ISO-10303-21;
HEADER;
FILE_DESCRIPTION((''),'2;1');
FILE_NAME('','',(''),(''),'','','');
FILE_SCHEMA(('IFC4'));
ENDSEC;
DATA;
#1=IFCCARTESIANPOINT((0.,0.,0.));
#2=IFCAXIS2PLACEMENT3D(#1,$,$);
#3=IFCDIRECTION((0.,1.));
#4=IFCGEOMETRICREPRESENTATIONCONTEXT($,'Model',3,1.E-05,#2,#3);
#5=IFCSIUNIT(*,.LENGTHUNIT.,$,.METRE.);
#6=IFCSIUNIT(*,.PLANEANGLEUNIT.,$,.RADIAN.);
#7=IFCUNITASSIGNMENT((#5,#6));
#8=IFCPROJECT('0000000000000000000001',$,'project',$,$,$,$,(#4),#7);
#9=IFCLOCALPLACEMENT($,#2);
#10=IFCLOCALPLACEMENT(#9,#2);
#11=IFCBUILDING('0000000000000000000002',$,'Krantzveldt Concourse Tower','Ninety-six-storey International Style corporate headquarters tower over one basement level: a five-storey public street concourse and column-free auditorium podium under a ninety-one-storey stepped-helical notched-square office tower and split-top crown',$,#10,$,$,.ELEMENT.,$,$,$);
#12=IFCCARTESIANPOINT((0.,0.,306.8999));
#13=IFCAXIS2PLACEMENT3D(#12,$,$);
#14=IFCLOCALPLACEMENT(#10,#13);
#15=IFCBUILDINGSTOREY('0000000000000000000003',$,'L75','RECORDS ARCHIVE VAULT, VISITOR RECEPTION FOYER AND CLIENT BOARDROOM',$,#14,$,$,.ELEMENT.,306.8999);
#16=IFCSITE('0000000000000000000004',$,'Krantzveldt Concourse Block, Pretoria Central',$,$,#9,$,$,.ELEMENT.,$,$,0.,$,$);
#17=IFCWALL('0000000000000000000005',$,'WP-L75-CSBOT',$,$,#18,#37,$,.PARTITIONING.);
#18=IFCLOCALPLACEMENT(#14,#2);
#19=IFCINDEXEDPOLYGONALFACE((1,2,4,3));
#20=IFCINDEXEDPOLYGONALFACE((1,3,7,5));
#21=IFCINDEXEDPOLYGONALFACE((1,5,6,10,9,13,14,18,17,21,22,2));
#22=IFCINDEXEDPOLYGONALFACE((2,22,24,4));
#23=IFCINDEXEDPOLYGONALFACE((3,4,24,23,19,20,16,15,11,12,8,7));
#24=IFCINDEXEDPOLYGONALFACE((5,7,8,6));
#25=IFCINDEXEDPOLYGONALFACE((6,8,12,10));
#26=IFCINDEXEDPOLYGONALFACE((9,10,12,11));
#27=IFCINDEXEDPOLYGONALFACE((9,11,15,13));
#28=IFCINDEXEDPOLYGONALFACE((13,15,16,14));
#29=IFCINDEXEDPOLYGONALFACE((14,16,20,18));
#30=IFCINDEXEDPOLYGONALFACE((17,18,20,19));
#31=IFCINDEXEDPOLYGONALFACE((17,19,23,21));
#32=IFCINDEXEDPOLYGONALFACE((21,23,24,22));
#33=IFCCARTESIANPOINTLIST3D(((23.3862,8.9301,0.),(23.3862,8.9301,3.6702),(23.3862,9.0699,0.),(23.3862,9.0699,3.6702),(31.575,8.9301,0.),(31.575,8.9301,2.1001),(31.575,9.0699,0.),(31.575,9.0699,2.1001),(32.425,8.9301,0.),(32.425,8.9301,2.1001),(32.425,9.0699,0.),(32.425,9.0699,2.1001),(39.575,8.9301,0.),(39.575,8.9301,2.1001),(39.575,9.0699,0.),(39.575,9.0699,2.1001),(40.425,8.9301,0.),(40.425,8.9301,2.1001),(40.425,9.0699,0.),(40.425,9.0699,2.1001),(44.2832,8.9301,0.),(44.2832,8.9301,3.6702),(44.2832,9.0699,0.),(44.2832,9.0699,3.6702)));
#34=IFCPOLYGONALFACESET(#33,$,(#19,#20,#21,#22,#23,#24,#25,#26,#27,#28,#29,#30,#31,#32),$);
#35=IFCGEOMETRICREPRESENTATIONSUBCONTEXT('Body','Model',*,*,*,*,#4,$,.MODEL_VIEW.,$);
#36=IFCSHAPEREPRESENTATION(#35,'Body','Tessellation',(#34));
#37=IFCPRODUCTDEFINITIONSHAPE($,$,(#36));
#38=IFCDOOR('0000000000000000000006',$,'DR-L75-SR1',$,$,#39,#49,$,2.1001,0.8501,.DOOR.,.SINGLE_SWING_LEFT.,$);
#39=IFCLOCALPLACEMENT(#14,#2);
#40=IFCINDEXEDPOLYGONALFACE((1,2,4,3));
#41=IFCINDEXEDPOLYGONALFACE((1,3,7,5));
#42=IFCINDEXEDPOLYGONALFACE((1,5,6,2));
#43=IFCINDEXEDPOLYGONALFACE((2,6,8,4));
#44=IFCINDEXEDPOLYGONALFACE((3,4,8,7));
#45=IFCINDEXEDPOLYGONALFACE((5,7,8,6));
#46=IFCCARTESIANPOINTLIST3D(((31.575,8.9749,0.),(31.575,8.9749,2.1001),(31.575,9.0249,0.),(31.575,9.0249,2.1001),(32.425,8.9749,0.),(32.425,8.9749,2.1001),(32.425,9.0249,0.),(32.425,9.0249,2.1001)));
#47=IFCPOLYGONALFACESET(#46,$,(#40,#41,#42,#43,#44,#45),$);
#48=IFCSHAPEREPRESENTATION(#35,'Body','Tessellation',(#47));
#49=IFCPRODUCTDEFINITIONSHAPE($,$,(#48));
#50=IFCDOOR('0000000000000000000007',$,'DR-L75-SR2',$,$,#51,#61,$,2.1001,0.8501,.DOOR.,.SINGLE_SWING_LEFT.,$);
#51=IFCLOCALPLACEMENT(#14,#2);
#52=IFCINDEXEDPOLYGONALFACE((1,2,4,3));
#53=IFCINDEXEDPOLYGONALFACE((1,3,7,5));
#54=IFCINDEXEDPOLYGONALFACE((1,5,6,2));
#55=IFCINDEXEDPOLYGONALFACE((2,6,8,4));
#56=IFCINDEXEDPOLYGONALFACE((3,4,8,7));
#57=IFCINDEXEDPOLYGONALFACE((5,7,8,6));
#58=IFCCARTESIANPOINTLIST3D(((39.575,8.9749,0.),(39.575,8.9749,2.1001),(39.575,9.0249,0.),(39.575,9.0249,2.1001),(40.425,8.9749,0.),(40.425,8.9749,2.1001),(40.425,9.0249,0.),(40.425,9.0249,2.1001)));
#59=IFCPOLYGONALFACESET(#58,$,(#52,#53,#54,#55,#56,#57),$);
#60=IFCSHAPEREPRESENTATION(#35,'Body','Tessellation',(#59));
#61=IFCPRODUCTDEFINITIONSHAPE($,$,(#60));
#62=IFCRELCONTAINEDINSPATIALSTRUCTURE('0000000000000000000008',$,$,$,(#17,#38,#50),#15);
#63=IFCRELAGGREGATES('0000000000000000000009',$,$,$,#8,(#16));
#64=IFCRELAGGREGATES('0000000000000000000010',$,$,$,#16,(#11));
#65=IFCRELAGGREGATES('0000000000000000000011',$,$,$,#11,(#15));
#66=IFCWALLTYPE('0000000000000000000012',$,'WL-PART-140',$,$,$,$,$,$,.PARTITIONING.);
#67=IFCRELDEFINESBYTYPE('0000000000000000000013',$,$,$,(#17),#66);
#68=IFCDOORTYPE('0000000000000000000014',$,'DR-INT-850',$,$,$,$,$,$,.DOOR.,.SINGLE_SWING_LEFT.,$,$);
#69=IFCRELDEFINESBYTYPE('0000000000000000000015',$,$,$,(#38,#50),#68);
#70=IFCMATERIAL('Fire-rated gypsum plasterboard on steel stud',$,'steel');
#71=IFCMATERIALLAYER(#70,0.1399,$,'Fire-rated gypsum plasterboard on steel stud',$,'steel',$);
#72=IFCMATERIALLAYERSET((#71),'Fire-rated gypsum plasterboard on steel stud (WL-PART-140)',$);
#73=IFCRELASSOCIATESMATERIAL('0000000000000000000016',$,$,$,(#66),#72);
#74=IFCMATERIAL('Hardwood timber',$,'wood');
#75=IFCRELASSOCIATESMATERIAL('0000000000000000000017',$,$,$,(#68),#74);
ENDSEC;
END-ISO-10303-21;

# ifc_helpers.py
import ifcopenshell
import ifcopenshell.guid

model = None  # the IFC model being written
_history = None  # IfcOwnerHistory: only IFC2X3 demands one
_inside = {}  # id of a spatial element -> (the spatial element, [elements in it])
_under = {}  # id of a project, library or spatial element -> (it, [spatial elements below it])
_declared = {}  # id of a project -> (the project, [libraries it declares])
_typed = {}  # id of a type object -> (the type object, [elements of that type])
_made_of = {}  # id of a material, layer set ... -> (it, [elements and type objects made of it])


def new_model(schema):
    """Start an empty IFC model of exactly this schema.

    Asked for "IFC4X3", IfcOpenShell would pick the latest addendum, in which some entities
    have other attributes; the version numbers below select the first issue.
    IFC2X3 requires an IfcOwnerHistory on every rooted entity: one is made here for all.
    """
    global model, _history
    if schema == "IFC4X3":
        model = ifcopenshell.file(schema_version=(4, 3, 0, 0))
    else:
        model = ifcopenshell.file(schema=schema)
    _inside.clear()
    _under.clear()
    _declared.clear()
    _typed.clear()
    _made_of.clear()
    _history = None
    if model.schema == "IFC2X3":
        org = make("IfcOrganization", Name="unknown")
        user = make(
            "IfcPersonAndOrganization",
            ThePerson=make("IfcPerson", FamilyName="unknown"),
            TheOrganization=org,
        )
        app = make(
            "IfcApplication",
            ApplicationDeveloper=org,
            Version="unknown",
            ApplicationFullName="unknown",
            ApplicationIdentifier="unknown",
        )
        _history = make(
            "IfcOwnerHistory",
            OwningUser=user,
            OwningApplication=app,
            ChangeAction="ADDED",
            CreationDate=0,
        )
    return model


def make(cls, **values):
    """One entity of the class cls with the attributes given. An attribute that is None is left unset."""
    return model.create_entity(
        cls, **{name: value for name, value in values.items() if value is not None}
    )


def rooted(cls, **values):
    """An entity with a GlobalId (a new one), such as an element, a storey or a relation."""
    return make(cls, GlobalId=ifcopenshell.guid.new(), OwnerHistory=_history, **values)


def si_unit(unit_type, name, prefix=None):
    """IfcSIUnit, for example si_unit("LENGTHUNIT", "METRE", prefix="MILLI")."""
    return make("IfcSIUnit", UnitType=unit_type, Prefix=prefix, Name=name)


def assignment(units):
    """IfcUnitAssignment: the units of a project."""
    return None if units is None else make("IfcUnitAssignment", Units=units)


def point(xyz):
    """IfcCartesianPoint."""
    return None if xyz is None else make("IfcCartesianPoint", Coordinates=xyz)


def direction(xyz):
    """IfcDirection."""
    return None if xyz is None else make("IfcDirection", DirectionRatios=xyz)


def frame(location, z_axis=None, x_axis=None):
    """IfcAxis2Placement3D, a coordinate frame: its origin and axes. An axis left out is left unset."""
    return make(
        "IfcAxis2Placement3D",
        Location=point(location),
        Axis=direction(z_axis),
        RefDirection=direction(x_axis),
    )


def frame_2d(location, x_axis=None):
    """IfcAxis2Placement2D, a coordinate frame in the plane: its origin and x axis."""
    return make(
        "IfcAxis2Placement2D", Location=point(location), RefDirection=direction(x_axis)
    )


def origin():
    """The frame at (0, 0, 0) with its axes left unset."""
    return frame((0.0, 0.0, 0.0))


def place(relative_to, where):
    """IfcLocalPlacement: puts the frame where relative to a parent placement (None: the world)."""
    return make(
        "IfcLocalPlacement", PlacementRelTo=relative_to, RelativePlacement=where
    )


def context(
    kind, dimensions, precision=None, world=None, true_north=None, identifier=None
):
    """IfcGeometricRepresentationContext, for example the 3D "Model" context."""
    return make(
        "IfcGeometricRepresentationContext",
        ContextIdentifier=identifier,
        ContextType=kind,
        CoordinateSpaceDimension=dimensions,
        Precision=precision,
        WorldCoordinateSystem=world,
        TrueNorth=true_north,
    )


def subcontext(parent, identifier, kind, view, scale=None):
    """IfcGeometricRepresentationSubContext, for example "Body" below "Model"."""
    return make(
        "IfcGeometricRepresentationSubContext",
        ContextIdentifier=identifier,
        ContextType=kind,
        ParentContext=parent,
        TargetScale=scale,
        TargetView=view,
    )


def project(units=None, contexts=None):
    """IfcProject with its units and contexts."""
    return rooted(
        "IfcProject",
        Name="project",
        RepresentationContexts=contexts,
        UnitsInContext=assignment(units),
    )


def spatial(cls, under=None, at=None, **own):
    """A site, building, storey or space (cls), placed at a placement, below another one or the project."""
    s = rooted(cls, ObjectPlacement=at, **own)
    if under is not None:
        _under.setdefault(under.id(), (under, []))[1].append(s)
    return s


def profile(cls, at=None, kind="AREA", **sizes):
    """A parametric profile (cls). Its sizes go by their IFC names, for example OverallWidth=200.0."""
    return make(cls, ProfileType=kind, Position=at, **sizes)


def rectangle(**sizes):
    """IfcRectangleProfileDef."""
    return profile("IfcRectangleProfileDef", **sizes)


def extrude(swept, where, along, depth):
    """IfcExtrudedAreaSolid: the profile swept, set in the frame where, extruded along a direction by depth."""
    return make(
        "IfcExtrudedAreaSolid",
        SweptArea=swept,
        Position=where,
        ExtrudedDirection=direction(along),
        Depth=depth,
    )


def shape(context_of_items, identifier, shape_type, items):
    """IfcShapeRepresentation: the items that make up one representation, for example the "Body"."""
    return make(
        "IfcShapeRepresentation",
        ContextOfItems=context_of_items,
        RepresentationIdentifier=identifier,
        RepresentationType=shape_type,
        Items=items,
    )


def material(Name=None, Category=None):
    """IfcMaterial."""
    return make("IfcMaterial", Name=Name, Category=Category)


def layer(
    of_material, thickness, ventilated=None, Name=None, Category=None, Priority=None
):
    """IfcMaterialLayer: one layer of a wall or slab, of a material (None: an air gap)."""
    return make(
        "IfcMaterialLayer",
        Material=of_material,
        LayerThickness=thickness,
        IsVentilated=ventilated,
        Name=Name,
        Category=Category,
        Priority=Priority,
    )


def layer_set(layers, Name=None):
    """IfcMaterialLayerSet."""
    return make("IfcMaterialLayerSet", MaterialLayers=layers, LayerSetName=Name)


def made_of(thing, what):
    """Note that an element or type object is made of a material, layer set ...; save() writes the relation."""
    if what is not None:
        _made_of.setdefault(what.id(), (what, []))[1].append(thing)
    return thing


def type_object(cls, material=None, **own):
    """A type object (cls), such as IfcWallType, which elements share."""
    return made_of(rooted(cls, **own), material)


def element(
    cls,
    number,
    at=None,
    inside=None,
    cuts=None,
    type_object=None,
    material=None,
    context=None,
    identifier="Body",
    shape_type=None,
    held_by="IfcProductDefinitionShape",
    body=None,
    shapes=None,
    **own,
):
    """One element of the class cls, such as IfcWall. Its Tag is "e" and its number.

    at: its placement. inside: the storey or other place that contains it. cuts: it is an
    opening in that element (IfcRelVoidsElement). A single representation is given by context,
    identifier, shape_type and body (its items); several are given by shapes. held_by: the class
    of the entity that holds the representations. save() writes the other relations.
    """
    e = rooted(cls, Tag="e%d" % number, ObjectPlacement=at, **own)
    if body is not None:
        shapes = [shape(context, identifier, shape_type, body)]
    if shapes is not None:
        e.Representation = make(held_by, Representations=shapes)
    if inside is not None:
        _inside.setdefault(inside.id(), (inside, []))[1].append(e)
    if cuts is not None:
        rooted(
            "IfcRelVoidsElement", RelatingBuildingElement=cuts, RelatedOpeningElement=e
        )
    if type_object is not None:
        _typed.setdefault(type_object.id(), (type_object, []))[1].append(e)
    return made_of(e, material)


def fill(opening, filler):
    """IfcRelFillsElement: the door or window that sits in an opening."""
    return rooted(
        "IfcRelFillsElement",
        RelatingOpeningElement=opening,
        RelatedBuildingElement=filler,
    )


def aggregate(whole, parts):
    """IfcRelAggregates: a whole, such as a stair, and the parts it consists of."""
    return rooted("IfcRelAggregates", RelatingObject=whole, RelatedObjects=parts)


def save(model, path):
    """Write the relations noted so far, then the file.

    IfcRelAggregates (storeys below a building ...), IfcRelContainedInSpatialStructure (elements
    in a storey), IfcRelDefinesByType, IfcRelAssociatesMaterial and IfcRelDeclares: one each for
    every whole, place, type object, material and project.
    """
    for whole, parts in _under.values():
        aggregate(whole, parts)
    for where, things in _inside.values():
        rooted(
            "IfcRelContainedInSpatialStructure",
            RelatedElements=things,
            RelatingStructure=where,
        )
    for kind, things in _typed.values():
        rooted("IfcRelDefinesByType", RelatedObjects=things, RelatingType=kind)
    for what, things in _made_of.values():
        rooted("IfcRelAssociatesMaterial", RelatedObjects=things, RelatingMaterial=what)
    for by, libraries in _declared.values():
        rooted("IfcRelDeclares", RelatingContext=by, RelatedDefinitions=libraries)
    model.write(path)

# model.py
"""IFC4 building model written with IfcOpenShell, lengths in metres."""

from ifc_helpers import new_model, si_unit, direction, frame, frame_2d, origin, place, context, subcontext, project, spatial, rectangle, extrude, material, layer, layer_set, type_object, element, fill, save


model = new_model("IFC4")

# Units and contexts
model_context = context("Model", 3, precision=1e-05, world=origin(), true_north=direction((0.0, 1.0)))
body_context = subcontext(model_context, "Body", "Model", "MODEL_VIEW")
ifc_project = project(units=[si_unit("LENGTHUNIT", "METRE"), si_unit("PLANEANGLEUNIT", "RADIAN")], contexts=[model_context])

# Site, building, storey
site_placement = place(None, origin())
site = spatial("IfcSite", under=ifc_project, at=site_placement, Name="Krantzveldt Concourse Block, Pretoria Central", CompositionType="ELEMENT", RefElevation=0.0)
building_placement = place(site_placement, origin())
building = spatial("IfcBuilding", under=site, at=building_placement, Name="Krantzveldt Concourse Tower", Description="Ninety-six-storey International Style corporate headquarters tower over one basement level: a five-storey public street concourse and column-free auditorium podium under a ninety-one-storey stepped-helical notched-square office tower and split-top crown", CompositionType="ELEMENT")
storey_placement = place(building_placement, frame((0.0, 0.0, 306.8999)))
storey = spatial("IfcBuildingStorey", under=building, at=storey_placement, Name="L75", Description="RECORDS ARCHIVE VAULT, VISITOR RECEPTION FOYER AND CLIENT BOARDROOM", CompositionType="ELEMENT", Elevation=306.8999)

# Shared definitions
ifc_material_1 = material(Name="Fire-rated gypsum plasterboard on steel stud", Category="steel")

# Wall, openings, doors
ifc_layer_1 = layer(ifc_material_1, 0.1399, Name="Fire-rated gypsum plasterboard on steel stud", Category="steel")
ifc_layer_set_1 = layer_set([ifc_layer_1], Name="Fire-rated gypsum plasterboard on steel stud (WL-PART-140)")
wall_type_1 = type_object("IfcWallType", Name="WL-PART-140", PredefinedType="PARTITIONING", material=ifc_layer_set_1)
wall_1_placement = place(storey_placement, frame((23.3862, 9.0, 0.0), z_axis=(0.0, 0.0, 1.0), x_axis=(1.0, 0.0, 0.0)))
wall_1 = element("IfcWall", 1, at=wall_1_placement, inside=storey, type_object=wall_type_1, Name="WP-L75-CSBOT", PredefinedType="PARTITIONING", context=body_context, shape_type="SweptSolid", body=[
    extrude(rectangle(XDim=20.897, YDim=0.1399, at=frame_2d((10.4485, 0.0))), origin(), (0.0, 0.0, 1.0), 3.6702),
])
opening_1_placement = place(wall_1_placement, frame((8.1887, 0.0, 0.0)))
opening_1 = element("IfcOpeningElement", 2, at=opening_1_placement, cuts=wall_1, PredefinedType="OPENING", context=body_context, shape_type="SweptSolid", body=[
    extrude(rectangle(XDim=0.8501, YDim=2.1001, at=frame_2d((0.425, 1.05))), frame((0.0, 0.0801, 0.0), z_axis=(0.0, -1.0, 0.0), x_axis=(1.0, 0.0, 0.0)), (0.0, 0.0, 1.0), 0.1599),
])
opening_2_placement = place(wall_1_placement, frame((16.1887, 0.0, 0.0)))
opening_2 = element("IfcOpeningElement", 3, at=opening_2_placement, cuts=wall_1, PredefinedType="OPENING", context=body_context, shape_type="SweptSolid", body=[
    extrude(rectangle(XDim=0.8501, YDim=2.1001, at=frame_2d((0.425, 1.05))), frame((0.0, 0.0801, 0.0), z_axis=(0.0, -1.0, 0.0), x_axis=(1.0, 0.0, 0.0)), (0.0, 0.0, 1.0), 0.1599),
])
ifc_material_2 = material(Name="Hardwood timber", Category="wood")
door_type = type_object("IfcDoorType", Name="DR-INT-850", OperationType="SINGLE_SWING_LEFT", PredefinedType="DOOR", material=ifc_material_2)
door_1_placement = place(opening_1_placement, origin())
door_1 = element("IfcDoor", 4, at=door_1_placement, inside=storey, type_object=door_type, Name="DR-L75-SR1", OperationType="SINGLE_SWING_LEFT", OverallHeight=2.1001, OverallWidth=0.8501, PredefinedType="DOOR", context=body_context, shape_type="SweptSolid", body=[
    extrude(rectangle(XDim=0.8501, YDim=2.1001, at=frame_2d((0.425, 1.05))), frame((0.0, 0.0249, 0.0), z_axis=(0.0, -1.0, 0.0), x_axis=(1.0, 0.0, 0.0)), (0.0, 0.0, 1.0), 0.05),
])
fill(opening_1, door_1)
door_2_placement = place(opening_2_placement, origin())
door_2 = element("IfcDoor", 5, at=door_2_placement, inside=storey, type_object=door_type, Name="DR-L75-SR2", OperationType="SINGLE_SWING_LEFT", OverallHeight=2.1001, OverallWidth=0.8501, PredefinedType="DOOR", context=body_context, shape_type="SweptSolid", body=[
    extrude(rectangle(XDim=0.8501, YDim=2.1001, at=frame_2d((0.425, 1.05))), frame((0.0, 0.0249, 0.0), z_axis=(0.0, -1.0, 0.0), x_axis=(1.0, 0.0, 0.0)), (0.0, 0.0, 1.0), 0.05),
])
fill(opening_2, door_2)

save(model, "model.ifc")
